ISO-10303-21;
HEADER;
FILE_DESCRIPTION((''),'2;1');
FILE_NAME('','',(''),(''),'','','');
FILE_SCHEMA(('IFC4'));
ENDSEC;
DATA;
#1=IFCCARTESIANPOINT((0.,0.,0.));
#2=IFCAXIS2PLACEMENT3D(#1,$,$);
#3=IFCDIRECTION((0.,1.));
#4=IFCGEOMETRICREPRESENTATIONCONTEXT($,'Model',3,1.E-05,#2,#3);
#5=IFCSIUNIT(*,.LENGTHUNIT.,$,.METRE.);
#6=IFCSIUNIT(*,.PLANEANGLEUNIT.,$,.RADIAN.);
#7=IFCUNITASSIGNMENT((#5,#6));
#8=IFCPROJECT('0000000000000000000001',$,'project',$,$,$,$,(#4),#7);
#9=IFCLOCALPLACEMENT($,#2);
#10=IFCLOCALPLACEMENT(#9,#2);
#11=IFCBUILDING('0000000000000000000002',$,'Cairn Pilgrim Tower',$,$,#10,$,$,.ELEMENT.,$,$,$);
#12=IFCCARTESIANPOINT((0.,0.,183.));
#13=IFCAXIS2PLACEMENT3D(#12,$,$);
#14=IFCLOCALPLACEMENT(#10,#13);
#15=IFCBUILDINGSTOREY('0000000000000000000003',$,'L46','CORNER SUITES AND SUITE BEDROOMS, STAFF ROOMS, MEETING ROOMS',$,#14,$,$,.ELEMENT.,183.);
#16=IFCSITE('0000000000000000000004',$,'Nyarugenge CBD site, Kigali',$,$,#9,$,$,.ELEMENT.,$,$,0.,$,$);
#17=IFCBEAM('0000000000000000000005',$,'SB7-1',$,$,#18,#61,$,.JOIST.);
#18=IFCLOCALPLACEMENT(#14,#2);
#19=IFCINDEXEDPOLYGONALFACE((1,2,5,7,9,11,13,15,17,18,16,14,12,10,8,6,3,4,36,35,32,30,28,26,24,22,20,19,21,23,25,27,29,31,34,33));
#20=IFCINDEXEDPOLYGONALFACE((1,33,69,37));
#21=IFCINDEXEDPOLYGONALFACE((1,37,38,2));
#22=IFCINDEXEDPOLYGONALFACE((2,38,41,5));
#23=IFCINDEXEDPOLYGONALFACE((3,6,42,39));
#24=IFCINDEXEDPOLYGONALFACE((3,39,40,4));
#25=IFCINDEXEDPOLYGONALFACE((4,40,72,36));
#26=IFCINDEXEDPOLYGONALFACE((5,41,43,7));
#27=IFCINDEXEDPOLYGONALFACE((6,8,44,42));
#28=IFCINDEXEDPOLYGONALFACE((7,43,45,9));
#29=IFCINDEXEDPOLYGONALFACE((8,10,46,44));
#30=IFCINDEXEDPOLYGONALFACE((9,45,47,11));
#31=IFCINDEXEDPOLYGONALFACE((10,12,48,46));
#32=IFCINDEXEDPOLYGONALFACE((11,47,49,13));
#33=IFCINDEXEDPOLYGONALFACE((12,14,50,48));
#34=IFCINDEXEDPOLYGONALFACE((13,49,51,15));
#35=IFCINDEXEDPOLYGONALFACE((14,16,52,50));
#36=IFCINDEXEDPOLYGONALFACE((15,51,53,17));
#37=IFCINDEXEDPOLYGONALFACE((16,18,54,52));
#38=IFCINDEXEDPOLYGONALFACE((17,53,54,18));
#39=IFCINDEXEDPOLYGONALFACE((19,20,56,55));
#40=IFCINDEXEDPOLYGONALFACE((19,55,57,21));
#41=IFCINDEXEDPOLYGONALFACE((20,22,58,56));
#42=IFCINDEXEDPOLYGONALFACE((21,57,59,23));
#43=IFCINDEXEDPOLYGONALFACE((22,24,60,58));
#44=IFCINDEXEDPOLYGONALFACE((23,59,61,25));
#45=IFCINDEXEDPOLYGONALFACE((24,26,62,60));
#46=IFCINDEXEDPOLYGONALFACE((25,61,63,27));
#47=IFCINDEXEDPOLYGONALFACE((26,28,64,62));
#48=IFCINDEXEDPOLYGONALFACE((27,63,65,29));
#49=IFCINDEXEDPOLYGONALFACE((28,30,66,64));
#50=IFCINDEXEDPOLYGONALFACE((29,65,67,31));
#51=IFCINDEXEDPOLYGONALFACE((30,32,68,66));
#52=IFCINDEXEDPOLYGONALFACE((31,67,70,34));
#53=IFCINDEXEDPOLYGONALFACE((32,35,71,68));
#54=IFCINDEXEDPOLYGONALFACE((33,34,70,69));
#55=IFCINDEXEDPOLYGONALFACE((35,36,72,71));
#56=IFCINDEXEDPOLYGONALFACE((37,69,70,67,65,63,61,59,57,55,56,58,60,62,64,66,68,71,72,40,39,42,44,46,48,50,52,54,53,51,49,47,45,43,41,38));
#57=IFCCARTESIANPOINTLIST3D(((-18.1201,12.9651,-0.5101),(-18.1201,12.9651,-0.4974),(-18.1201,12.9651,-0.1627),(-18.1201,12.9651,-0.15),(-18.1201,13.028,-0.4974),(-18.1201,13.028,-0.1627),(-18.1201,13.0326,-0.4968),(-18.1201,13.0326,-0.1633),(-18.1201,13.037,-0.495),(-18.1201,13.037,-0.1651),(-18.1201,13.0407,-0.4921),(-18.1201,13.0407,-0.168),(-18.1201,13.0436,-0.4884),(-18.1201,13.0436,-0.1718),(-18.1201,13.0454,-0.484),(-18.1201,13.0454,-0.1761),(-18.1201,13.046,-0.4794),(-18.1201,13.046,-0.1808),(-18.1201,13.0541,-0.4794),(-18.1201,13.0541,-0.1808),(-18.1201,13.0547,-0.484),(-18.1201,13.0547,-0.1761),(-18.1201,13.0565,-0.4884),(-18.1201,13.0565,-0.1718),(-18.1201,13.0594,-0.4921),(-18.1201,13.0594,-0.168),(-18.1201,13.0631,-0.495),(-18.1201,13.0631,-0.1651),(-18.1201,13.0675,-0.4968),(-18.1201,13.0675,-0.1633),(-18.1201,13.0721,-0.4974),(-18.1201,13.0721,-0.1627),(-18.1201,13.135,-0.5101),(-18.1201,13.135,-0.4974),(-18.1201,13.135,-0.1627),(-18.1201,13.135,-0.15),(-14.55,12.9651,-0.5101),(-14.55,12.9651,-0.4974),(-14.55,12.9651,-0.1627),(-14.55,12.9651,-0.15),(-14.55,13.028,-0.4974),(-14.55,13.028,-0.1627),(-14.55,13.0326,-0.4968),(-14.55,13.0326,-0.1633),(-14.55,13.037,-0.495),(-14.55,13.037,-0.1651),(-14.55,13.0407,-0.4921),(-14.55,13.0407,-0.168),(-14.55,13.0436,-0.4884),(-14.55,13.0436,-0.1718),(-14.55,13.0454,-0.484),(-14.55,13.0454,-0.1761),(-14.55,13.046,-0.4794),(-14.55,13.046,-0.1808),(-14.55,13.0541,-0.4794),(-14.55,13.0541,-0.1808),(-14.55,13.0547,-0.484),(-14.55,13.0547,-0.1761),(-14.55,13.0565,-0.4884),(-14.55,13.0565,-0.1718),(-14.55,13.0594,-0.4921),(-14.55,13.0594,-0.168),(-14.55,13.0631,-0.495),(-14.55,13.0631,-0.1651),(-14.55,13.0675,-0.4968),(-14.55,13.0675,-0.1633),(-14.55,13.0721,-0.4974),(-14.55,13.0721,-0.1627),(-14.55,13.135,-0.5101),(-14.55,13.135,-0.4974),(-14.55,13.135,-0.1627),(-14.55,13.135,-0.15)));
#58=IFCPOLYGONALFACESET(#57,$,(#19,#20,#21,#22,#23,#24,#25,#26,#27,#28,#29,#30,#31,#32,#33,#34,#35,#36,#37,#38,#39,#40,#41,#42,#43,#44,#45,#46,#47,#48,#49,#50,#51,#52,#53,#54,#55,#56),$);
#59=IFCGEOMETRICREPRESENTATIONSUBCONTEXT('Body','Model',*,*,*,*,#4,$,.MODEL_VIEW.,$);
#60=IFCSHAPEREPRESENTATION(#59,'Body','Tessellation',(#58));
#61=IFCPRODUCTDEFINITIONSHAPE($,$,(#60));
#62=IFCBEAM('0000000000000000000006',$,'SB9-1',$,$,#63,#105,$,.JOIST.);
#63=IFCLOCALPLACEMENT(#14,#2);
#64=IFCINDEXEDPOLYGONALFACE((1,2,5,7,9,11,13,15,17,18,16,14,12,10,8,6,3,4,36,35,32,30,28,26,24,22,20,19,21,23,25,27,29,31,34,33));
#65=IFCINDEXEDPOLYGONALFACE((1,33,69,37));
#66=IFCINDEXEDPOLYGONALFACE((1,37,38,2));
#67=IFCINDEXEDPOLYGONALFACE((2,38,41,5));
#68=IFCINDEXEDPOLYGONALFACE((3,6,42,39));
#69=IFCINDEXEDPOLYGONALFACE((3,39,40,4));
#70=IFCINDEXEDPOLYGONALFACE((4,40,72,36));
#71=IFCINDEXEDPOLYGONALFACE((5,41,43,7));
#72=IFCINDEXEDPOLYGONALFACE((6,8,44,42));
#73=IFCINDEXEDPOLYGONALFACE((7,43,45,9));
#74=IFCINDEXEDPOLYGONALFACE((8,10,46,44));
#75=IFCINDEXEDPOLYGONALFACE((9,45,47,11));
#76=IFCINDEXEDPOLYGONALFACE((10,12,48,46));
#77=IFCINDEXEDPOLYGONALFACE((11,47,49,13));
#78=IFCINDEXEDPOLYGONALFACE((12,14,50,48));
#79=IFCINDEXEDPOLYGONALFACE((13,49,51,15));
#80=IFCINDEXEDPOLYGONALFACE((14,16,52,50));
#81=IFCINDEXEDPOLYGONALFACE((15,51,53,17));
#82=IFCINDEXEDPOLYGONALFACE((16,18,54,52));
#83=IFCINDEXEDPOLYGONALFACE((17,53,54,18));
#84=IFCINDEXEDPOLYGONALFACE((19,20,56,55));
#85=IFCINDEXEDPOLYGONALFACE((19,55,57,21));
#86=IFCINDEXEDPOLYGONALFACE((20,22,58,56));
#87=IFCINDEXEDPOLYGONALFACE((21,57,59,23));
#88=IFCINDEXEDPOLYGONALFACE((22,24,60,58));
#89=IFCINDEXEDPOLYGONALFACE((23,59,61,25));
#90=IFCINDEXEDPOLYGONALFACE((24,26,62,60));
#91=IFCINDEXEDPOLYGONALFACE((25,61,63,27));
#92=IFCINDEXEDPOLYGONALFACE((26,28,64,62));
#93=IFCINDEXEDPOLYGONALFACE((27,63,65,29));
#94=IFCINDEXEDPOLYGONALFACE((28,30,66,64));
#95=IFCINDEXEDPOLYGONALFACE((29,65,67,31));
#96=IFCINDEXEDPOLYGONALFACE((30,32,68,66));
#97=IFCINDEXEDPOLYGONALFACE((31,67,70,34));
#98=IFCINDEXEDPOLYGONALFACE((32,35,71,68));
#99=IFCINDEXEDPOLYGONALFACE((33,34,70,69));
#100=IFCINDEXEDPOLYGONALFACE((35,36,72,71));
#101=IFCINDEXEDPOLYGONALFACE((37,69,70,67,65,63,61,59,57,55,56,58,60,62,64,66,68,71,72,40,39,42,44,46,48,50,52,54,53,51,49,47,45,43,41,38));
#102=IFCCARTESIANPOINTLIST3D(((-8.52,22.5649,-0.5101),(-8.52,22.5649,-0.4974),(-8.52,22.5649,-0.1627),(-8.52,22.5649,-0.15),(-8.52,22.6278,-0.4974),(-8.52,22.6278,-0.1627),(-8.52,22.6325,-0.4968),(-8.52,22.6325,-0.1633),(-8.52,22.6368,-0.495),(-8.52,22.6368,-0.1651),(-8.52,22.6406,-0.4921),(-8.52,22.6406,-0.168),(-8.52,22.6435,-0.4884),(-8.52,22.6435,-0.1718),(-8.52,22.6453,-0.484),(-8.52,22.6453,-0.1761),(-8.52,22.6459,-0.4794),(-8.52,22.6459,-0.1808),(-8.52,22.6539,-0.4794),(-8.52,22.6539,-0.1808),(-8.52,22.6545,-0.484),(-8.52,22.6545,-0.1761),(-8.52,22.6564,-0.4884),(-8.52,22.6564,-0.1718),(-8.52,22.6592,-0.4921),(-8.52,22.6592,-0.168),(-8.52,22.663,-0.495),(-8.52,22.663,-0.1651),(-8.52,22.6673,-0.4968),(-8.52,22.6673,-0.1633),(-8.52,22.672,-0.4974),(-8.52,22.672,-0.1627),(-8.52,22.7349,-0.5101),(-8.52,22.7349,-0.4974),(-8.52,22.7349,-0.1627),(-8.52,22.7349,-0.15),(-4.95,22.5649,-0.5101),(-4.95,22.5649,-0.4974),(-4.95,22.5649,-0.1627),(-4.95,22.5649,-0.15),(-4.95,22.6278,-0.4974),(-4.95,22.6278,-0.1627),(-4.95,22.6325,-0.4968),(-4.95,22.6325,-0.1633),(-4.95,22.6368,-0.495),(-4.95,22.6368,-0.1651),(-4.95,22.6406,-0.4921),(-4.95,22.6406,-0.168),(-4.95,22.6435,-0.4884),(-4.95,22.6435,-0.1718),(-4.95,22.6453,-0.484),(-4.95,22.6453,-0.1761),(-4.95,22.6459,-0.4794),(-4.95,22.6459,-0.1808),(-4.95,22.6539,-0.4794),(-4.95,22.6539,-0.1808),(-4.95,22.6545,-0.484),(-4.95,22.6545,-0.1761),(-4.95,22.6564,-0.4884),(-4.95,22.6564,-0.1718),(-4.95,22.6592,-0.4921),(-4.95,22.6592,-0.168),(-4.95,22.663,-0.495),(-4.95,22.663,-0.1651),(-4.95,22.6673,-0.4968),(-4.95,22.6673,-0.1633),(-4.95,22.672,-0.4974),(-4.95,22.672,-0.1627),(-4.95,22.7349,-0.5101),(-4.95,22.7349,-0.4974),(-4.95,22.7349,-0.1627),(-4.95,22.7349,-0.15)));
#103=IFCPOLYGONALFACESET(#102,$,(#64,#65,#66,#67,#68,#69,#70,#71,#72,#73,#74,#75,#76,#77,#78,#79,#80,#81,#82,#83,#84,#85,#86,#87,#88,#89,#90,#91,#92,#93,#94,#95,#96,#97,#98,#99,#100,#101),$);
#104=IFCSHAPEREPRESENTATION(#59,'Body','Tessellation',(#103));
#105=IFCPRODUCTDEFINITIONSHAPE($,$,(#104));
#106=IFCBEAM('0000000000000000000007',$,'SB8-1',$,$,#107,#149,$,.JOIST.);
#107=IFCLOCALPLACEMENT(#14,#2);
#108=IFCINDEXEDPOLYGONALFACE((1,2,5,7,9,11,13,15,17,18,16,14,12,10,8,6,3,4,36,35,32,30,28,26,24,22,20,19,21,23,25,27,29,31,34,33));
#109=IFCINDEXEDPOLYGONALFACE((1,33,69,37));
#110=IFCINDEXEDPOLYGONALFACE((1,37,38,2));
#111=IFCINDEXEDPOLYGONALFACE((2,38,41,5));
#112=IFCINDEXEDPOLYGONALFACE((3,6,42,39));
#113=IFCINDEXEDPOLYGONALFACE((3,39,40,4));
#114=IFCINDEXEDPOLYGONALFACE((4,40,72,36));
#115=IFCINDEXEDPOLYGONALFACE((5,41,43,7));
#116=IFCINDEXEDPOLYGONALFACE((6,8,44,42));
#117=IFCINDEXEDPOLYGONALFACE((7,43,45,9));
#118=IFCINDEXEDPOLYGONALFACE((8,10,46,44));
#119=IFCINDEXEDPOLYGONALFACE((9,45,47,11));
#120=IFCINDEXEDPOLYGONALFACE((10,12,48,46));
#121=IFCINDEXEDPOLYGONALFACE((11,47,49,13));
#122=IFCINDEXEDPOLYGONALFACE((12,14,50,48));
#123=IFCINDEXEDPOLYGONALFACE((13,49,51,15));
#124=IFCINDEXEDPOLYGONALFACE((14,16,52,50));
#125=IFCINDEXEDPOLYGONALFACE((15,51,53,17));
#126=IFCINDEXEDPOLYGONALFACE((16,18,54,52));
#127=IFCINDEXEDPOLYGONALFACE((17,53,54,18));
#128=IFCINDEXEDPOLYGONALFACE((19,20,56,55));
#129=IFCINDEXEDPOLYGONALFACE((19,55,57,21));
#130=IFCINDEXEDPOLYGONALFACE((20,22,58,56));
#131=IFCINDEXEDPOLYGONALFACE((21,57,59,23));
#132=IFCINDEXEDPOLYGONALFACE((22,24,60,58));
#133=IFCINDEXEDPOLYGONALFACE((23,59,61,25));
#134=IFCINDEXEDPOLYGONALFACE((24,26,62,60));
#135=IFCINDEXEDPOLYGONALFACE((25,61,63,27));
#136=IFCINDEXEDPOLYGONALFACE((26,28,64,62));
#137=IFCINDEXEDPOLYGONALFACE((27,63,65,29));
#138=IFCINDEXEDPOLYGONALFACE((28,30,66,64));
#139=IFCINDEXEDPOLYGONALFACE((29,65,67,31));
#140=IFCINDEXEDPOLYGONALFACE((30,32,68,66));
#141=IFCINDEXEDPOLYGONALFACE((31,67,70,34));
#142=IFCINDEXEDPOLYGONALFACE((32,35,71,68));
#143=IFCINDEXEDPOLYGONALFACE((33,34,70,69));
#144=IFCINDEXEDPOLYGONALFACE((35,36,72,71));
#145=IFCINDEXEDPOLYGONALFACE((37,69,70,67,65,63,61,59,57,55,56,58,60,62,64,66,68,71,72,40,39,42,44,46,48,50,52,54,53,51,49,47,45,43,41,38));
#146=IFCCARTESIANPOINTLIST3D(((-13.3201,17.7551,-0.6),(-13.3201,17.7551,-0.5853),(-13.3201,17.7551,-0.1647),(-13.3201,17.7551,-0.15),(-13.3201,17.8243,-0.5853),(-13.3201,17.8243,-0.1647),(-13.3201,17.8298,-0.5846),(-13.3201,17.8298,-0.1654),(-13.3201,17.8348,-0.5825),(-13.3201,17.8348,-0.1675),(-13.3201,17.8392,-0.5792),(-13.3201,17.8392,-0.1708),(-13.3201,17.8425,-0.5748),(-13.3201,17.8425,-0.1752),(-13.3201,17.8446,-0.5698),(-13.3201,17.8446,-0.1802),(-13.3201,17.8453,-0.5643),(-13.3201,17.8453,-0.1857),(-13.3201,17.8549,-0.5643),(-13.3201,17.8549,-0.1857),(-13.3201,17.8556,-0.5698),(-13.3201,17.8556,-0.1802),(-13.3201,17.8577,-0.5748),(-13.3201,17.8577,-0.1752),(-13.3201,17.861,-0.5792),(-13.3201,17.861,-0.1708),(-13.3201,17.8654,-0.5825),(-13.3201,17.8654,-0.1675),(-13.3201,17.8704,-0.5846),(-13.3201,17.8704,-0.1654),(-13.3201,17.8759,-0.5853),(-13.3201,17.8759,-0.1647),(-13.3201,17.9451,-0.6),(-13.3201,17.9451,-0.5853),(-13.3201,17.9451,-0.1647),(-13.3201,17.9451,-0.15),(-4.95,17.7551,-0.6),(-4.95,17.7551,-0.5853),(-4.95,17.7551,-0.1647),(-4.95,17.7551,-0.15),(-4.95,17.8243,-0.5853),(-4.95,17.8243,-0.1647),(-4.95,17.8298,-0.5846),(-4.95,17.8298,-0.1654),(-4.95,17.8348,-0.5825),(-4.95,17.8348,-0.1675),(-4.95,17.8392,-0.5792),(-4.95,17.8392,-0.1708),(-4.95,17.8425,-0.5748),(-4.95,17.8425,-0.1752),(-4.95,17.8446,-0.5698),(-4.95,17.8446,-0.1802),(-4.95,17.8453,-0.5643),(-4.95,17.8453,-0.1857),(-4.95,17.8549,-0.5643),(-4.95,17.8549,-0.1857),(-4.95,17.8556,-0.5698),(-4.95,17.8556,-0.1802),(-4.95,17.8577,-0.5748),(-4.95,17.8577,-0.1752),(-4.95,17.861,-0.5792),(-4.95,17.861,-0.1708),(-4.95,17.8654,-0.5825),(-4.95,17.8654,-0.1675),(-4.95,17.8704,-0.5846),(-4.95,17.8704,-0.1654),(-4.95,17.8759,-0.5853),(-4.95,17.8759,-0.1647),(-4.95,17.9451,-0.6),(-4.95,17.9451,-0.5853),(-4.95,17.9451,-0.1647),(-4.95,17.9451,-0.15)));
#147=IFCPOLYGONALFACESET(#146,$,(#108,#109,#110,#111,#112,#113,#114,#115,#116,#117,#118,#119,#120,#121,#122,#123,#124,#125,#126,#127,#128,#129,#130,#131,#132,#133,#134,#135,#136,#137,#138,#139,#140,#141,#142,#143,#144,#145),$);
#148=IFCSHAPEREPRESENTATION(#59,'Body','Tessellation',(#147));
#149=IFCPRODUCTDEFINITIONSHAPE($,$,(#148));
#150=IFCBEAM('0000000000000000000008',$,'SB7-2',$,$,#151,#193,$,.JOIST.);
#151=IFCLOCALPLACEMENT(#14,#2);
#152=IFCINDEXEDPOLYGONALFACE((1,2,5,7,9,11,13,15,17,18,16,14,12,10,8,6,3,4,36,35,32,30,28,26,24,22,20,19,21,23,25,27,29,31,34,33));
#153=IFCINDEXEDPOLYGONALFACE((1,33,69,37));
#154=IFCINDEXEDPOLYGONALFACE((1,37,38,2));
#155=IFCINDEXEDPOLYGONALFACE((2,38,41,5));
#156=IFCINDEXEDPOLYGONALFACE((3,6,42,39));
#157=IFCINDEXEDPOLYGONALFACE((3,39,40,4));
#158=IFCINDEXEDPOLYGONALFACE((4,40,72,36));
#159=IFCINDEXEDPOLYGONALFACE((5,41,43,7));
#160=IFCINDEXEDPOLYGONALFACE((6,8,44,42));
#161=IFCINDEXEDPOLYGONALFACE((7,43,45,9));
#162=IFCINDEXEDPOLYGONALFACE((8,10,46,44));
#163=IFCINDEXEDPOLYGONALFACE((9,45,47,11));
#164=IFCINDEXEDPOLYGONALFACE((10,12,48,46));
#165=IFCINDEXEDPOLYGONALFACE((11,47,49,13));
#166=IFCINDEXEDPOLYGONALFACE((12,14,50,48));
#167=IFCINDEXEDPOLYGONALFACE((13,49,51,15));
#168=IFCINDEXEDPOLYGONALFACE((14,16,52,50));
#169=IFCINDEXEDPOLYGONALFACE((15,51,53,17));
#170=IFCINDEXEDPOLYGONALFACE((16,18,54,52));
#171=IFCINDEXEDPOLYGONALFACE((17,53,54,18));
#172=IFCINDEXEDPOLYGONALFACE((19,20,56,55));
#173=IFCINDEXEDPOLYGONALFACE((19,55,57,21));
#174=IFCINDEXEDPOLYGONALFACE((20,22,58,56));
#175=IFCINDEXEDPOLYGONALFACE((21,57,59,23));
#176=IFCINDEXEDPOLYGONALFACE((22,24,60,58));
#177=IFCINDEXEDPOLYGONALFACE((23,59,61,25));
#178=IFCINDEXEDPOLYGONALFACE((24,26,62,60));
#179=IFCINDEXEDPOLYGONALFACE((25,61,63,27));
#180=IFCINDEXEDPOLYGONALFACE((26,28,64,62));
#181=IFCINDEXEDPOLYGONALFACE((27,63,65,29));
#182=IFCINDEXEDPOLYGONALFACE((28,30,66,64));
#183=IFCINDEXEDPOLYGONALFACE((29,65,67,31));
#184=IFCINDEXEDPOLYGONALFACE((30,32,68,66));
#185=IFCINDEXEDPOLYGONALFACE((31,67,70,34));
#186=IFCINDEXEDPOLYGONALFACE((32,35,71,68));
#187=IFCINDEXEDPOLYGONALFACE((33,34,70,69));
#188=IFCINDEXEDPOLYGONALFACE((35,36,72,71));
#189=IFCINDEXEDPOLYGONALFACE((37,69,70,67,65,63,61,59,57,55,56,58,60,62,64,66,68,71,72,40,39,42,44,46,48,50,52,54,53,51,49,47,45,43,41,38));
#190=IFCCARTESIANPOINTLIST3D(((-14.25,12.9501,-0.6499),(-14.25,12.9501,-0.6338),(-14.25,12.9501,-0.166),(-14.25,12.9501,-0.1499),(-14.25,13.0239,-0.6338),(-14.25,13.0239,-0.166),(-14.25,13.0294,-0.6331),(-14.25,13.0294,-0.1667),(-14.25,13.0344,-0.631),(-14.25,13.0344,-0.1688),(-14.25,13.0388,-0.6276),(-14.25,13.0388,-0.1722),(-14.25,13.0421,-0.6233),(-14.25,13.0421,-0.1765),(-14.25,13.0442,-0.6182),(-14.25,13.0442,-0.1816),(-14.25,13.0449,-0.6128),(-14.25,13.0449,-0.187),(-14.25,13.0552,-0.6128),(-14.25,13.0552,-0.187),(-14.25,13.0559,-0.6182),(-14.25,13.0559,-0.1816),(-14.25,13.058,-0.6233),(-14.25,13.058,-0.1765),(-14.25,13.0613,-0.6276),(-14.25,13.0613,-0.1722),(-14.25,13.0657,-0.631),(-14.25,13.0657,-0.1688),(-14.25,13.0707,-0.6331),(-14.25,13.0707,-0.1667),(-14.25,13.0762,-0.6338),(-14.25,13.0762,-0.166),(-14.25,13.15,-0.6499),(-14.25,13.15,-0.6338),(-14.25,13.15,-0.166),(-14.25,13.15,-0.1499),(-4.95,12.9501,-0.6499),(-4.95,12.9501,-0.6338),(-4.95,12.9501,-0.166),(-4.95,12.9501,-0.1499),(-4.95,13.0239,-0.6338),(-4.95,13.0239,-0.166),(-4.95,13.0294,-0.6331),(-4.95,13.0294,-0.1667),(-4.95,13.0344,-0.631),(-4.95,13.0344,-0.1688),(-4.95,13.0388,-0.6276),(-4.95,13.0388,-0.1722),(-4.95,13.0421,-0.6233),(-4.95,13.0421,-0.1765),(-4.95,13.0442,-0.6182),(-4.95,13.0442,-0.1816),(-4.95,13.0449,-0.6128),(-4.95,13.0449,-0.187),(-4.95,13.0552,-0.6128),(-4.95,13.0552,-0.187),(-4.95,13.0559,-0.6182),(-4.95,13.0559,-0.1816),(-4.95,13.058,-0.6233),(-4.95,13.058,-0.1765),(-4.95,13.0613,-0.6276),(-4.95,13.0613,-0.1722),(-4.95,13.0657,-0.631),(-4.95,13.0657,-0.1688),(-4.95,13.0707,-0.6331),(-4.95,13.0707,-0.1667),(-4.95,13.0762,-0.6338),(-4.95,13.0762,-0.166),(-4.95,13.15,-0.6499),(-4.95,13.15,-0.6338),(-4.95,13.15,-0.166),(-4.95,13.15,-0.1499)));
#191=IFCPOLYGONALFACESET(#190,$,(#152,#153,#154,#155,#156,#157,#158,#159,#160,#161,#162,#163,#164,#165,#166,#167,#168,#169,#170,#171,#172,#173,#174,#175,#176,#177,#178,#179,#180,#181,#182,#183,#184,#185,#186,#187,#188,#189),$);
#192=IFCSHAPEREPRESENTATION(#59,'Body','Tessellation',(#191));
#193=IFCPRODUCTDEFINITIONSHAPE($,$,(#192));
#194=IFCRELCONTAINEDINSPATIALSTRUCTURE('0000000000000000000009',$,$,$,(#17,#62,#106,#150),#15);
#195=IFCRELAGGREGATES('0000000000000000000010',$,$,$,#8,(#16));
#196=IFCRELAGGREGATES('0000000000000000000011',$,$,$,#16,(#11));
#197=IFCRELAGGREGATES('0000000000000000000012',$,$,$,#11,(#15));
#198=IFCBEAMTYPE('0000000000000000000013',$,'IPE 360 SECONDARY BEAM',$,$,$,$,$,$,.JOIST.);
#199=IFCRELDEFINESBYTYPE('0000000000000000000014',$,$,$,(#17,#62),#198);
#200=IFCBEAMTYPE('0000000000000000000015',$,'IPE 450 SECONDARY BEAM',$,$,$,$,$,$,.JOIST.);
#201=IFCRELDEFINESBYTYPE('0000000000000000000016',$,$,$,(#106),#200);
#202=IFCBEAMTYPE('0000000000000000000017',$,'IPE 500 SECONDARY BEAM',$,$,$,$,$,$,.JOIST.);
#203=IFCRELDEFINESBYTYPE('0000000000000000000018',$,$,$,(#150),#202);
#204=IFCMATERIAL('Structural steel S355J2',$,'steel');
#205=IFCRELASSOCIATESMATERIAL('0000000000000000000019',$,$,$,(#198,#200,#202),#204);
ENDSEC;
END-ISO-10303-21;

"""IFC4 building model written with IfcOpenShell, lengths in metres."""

from ifc_helpers import new_model, si_unit, direction, frame, origin, origin_2d, place, context, subcontext, project, spatial, i_section, extrude, material, material_profile, profile_set, type_object, element, save


model = new_model("IFC4")

# Units and contexts
model_context = context("Model", 3, precision=1e-05, world=origin(), true_north=direction((0.0, 1.0)))
body_context = subcontext(model_context, "Body", "Model", "MODEL_VIEW")
ifc_project = project(units=[si_unit("LENGTHUNIT", "METRE"), si_unit("PLANEANGLEUNIT", "RADIAN")], contexts=[model_context])

# Site, building, storey
site_placement = place(None, origin())
site = spatial("IfcSite", under=ifc_project, at=site_placement, Name="Nyarugenge CBD site, Kigali", CompositionType="ELEMENT", RefElevation=0.0)
building_placement = place(site_placement, origin())
building = spatial("IfcBuilding", under=site, at=building_placement, Name="Cairn Pilgrim Tower", CompositionType="ELEMENT")
storey_placement = place(building_placement, frame((0.0, 0.0, 183.0)))
storey = spatial("IfcBuildingStorey", under=building, at=storey_placement, Name="L46", Description="CORNER SUITES AND SUITE BEDROOMS, STAFF ROOMS, MEETING ROOMS", CompositionType="ELEMENT", Elevation=183.0)

# Shared definitions
ifc_material_1 = material(Name="Structural steel S355J2", Category="steel")

# Beams
ifc_material_profile_1 = material_profile(ifc_material_1, i_section(OverallWidth=0.1699, OverallDepth=0.3601, WebThickness=0.0081, FlangeThickness=0.0127, FilletRadius=0.0181, at=origin_2d()), Name="IPE 360")
ifc_profile_set_1 = profile_set([ifc_material_profile_1], Name="Structural steel S355J2")
beam_type_1 = type_object("IfcBeamType", Name="IPE 360 SECONDARY BEAM", PredefinedType="JOIST", material=ifc_profile_set_1)
for number, where, z_axis, x_axis, name in (
    (1, (-18.1201, 13.05, -0.3301), (1.0, 0.0, 0.0), (0.0, 1.0, 0.0), "SB7-1"),
    (2, (-8.52, 22.6499, -0.3301), (1.0, 0.0, 0.0), (0.0, 1.0, 0.0), "SB9-1"),
):
    element("IfcBeam", number, at=place(storey_placement, frame(where, z_axis=z_axis, x_axis=x_axis)), inside=storey, type_object=beam_type_1, Name=name, PredefinedType="JOIST", context=body_context, shape_type="SweptSolid", body=[
        extrude(i_section(OverallWidth=0.1699, OverallDepth=0.3601, WebThickness=0.0081, FlangeThickness=0.0127, FilletRadius=0.0181, at=origin_2d()), origin(), (0.0, 0.0, 1.0), 3.5701),
    ])
ifc_material_profile_2 = material_profile(ifc_material_1, i_section(OverallWidth=0.1899, OverallDepth=0.45, WebThickness=0.0095, FlangeThickness=0.0146, FilletRadius=0.021, at=origin_2d()), Name="IPE 450")
ifc_profile_set_2 = profile_set([ifc_material_profile_2], Name="Structural steel S355J2")
beam_type_2 = type_object("IfcBeamType", Name="IPE 450 SECONDARY BEAM", PredefinedType="JOIST", material=ifc_profile_set_2)
beam_1_placement = place(storey_placement, frame((-13.3201, 17.8501, -0.375), z_axis=(1.0, 0.0, 0.0), x_axis=(0.0, 1.0, 0.0)))
element("IfcBeam", 3, at=beam_1_placement, inside=storey, type_object=beam_type_2, Name="SB8-1", PredefinedType="JOIST", context=body_context, shape_type="SweptSolid", body=[
    extrude(i_section(OverallWidth=0.1899, OverallDepth=0.45, WebThickness=0.0095, FlangeThickness=0.0146, FilletRadius=0.021, at=origin_2d()), origin(), (0.0, 0.0, 1.0), 8.3701),
])
ifc_material_profile_3 = material_profile(ifc_material_1, i_section(OverallWidth=0.2, OverallDepth=0.5, WebThickness=0.0103, FlangeThickness=0.0161, FilletRadius=0.021, at=origin_2d()), Name="IPE 500")
ifc_profile_set_3 = profile_set([ifc_material_profile_3], Name="Structural steel S355J2")
beam_type_3 = type_object("IfcBeamType", Name="IPE 500 SECONDARY BEAM", PredefinedType="JOIST", material=ifc_profile_set_3)
beam_2_placement = place(storey_placement, frame((-14.25, 13.05, -0.3999), z_axis=(1.0, 0.0, 0.0), x_axis=(0.0, 1.0, 0.0)))
element("IfcBeam", 4, at=beam_2_placement, inside=storey, type_object=beam_type_3, Name="SB7-2", PredefinedType="JOIST", context=body_context, shape_type="SweptSolid", body=[
    extrude(i_section(OverallWidth=0.2, OverallDepth=0.5, WebThickness=0.0103, FlangeThickness=0.0161, FilletRadius=0.021, at=origin_2d()), origin(), (0.0, 0.0, 1.0), 9.3),
])

save(model, "model.ifc")
